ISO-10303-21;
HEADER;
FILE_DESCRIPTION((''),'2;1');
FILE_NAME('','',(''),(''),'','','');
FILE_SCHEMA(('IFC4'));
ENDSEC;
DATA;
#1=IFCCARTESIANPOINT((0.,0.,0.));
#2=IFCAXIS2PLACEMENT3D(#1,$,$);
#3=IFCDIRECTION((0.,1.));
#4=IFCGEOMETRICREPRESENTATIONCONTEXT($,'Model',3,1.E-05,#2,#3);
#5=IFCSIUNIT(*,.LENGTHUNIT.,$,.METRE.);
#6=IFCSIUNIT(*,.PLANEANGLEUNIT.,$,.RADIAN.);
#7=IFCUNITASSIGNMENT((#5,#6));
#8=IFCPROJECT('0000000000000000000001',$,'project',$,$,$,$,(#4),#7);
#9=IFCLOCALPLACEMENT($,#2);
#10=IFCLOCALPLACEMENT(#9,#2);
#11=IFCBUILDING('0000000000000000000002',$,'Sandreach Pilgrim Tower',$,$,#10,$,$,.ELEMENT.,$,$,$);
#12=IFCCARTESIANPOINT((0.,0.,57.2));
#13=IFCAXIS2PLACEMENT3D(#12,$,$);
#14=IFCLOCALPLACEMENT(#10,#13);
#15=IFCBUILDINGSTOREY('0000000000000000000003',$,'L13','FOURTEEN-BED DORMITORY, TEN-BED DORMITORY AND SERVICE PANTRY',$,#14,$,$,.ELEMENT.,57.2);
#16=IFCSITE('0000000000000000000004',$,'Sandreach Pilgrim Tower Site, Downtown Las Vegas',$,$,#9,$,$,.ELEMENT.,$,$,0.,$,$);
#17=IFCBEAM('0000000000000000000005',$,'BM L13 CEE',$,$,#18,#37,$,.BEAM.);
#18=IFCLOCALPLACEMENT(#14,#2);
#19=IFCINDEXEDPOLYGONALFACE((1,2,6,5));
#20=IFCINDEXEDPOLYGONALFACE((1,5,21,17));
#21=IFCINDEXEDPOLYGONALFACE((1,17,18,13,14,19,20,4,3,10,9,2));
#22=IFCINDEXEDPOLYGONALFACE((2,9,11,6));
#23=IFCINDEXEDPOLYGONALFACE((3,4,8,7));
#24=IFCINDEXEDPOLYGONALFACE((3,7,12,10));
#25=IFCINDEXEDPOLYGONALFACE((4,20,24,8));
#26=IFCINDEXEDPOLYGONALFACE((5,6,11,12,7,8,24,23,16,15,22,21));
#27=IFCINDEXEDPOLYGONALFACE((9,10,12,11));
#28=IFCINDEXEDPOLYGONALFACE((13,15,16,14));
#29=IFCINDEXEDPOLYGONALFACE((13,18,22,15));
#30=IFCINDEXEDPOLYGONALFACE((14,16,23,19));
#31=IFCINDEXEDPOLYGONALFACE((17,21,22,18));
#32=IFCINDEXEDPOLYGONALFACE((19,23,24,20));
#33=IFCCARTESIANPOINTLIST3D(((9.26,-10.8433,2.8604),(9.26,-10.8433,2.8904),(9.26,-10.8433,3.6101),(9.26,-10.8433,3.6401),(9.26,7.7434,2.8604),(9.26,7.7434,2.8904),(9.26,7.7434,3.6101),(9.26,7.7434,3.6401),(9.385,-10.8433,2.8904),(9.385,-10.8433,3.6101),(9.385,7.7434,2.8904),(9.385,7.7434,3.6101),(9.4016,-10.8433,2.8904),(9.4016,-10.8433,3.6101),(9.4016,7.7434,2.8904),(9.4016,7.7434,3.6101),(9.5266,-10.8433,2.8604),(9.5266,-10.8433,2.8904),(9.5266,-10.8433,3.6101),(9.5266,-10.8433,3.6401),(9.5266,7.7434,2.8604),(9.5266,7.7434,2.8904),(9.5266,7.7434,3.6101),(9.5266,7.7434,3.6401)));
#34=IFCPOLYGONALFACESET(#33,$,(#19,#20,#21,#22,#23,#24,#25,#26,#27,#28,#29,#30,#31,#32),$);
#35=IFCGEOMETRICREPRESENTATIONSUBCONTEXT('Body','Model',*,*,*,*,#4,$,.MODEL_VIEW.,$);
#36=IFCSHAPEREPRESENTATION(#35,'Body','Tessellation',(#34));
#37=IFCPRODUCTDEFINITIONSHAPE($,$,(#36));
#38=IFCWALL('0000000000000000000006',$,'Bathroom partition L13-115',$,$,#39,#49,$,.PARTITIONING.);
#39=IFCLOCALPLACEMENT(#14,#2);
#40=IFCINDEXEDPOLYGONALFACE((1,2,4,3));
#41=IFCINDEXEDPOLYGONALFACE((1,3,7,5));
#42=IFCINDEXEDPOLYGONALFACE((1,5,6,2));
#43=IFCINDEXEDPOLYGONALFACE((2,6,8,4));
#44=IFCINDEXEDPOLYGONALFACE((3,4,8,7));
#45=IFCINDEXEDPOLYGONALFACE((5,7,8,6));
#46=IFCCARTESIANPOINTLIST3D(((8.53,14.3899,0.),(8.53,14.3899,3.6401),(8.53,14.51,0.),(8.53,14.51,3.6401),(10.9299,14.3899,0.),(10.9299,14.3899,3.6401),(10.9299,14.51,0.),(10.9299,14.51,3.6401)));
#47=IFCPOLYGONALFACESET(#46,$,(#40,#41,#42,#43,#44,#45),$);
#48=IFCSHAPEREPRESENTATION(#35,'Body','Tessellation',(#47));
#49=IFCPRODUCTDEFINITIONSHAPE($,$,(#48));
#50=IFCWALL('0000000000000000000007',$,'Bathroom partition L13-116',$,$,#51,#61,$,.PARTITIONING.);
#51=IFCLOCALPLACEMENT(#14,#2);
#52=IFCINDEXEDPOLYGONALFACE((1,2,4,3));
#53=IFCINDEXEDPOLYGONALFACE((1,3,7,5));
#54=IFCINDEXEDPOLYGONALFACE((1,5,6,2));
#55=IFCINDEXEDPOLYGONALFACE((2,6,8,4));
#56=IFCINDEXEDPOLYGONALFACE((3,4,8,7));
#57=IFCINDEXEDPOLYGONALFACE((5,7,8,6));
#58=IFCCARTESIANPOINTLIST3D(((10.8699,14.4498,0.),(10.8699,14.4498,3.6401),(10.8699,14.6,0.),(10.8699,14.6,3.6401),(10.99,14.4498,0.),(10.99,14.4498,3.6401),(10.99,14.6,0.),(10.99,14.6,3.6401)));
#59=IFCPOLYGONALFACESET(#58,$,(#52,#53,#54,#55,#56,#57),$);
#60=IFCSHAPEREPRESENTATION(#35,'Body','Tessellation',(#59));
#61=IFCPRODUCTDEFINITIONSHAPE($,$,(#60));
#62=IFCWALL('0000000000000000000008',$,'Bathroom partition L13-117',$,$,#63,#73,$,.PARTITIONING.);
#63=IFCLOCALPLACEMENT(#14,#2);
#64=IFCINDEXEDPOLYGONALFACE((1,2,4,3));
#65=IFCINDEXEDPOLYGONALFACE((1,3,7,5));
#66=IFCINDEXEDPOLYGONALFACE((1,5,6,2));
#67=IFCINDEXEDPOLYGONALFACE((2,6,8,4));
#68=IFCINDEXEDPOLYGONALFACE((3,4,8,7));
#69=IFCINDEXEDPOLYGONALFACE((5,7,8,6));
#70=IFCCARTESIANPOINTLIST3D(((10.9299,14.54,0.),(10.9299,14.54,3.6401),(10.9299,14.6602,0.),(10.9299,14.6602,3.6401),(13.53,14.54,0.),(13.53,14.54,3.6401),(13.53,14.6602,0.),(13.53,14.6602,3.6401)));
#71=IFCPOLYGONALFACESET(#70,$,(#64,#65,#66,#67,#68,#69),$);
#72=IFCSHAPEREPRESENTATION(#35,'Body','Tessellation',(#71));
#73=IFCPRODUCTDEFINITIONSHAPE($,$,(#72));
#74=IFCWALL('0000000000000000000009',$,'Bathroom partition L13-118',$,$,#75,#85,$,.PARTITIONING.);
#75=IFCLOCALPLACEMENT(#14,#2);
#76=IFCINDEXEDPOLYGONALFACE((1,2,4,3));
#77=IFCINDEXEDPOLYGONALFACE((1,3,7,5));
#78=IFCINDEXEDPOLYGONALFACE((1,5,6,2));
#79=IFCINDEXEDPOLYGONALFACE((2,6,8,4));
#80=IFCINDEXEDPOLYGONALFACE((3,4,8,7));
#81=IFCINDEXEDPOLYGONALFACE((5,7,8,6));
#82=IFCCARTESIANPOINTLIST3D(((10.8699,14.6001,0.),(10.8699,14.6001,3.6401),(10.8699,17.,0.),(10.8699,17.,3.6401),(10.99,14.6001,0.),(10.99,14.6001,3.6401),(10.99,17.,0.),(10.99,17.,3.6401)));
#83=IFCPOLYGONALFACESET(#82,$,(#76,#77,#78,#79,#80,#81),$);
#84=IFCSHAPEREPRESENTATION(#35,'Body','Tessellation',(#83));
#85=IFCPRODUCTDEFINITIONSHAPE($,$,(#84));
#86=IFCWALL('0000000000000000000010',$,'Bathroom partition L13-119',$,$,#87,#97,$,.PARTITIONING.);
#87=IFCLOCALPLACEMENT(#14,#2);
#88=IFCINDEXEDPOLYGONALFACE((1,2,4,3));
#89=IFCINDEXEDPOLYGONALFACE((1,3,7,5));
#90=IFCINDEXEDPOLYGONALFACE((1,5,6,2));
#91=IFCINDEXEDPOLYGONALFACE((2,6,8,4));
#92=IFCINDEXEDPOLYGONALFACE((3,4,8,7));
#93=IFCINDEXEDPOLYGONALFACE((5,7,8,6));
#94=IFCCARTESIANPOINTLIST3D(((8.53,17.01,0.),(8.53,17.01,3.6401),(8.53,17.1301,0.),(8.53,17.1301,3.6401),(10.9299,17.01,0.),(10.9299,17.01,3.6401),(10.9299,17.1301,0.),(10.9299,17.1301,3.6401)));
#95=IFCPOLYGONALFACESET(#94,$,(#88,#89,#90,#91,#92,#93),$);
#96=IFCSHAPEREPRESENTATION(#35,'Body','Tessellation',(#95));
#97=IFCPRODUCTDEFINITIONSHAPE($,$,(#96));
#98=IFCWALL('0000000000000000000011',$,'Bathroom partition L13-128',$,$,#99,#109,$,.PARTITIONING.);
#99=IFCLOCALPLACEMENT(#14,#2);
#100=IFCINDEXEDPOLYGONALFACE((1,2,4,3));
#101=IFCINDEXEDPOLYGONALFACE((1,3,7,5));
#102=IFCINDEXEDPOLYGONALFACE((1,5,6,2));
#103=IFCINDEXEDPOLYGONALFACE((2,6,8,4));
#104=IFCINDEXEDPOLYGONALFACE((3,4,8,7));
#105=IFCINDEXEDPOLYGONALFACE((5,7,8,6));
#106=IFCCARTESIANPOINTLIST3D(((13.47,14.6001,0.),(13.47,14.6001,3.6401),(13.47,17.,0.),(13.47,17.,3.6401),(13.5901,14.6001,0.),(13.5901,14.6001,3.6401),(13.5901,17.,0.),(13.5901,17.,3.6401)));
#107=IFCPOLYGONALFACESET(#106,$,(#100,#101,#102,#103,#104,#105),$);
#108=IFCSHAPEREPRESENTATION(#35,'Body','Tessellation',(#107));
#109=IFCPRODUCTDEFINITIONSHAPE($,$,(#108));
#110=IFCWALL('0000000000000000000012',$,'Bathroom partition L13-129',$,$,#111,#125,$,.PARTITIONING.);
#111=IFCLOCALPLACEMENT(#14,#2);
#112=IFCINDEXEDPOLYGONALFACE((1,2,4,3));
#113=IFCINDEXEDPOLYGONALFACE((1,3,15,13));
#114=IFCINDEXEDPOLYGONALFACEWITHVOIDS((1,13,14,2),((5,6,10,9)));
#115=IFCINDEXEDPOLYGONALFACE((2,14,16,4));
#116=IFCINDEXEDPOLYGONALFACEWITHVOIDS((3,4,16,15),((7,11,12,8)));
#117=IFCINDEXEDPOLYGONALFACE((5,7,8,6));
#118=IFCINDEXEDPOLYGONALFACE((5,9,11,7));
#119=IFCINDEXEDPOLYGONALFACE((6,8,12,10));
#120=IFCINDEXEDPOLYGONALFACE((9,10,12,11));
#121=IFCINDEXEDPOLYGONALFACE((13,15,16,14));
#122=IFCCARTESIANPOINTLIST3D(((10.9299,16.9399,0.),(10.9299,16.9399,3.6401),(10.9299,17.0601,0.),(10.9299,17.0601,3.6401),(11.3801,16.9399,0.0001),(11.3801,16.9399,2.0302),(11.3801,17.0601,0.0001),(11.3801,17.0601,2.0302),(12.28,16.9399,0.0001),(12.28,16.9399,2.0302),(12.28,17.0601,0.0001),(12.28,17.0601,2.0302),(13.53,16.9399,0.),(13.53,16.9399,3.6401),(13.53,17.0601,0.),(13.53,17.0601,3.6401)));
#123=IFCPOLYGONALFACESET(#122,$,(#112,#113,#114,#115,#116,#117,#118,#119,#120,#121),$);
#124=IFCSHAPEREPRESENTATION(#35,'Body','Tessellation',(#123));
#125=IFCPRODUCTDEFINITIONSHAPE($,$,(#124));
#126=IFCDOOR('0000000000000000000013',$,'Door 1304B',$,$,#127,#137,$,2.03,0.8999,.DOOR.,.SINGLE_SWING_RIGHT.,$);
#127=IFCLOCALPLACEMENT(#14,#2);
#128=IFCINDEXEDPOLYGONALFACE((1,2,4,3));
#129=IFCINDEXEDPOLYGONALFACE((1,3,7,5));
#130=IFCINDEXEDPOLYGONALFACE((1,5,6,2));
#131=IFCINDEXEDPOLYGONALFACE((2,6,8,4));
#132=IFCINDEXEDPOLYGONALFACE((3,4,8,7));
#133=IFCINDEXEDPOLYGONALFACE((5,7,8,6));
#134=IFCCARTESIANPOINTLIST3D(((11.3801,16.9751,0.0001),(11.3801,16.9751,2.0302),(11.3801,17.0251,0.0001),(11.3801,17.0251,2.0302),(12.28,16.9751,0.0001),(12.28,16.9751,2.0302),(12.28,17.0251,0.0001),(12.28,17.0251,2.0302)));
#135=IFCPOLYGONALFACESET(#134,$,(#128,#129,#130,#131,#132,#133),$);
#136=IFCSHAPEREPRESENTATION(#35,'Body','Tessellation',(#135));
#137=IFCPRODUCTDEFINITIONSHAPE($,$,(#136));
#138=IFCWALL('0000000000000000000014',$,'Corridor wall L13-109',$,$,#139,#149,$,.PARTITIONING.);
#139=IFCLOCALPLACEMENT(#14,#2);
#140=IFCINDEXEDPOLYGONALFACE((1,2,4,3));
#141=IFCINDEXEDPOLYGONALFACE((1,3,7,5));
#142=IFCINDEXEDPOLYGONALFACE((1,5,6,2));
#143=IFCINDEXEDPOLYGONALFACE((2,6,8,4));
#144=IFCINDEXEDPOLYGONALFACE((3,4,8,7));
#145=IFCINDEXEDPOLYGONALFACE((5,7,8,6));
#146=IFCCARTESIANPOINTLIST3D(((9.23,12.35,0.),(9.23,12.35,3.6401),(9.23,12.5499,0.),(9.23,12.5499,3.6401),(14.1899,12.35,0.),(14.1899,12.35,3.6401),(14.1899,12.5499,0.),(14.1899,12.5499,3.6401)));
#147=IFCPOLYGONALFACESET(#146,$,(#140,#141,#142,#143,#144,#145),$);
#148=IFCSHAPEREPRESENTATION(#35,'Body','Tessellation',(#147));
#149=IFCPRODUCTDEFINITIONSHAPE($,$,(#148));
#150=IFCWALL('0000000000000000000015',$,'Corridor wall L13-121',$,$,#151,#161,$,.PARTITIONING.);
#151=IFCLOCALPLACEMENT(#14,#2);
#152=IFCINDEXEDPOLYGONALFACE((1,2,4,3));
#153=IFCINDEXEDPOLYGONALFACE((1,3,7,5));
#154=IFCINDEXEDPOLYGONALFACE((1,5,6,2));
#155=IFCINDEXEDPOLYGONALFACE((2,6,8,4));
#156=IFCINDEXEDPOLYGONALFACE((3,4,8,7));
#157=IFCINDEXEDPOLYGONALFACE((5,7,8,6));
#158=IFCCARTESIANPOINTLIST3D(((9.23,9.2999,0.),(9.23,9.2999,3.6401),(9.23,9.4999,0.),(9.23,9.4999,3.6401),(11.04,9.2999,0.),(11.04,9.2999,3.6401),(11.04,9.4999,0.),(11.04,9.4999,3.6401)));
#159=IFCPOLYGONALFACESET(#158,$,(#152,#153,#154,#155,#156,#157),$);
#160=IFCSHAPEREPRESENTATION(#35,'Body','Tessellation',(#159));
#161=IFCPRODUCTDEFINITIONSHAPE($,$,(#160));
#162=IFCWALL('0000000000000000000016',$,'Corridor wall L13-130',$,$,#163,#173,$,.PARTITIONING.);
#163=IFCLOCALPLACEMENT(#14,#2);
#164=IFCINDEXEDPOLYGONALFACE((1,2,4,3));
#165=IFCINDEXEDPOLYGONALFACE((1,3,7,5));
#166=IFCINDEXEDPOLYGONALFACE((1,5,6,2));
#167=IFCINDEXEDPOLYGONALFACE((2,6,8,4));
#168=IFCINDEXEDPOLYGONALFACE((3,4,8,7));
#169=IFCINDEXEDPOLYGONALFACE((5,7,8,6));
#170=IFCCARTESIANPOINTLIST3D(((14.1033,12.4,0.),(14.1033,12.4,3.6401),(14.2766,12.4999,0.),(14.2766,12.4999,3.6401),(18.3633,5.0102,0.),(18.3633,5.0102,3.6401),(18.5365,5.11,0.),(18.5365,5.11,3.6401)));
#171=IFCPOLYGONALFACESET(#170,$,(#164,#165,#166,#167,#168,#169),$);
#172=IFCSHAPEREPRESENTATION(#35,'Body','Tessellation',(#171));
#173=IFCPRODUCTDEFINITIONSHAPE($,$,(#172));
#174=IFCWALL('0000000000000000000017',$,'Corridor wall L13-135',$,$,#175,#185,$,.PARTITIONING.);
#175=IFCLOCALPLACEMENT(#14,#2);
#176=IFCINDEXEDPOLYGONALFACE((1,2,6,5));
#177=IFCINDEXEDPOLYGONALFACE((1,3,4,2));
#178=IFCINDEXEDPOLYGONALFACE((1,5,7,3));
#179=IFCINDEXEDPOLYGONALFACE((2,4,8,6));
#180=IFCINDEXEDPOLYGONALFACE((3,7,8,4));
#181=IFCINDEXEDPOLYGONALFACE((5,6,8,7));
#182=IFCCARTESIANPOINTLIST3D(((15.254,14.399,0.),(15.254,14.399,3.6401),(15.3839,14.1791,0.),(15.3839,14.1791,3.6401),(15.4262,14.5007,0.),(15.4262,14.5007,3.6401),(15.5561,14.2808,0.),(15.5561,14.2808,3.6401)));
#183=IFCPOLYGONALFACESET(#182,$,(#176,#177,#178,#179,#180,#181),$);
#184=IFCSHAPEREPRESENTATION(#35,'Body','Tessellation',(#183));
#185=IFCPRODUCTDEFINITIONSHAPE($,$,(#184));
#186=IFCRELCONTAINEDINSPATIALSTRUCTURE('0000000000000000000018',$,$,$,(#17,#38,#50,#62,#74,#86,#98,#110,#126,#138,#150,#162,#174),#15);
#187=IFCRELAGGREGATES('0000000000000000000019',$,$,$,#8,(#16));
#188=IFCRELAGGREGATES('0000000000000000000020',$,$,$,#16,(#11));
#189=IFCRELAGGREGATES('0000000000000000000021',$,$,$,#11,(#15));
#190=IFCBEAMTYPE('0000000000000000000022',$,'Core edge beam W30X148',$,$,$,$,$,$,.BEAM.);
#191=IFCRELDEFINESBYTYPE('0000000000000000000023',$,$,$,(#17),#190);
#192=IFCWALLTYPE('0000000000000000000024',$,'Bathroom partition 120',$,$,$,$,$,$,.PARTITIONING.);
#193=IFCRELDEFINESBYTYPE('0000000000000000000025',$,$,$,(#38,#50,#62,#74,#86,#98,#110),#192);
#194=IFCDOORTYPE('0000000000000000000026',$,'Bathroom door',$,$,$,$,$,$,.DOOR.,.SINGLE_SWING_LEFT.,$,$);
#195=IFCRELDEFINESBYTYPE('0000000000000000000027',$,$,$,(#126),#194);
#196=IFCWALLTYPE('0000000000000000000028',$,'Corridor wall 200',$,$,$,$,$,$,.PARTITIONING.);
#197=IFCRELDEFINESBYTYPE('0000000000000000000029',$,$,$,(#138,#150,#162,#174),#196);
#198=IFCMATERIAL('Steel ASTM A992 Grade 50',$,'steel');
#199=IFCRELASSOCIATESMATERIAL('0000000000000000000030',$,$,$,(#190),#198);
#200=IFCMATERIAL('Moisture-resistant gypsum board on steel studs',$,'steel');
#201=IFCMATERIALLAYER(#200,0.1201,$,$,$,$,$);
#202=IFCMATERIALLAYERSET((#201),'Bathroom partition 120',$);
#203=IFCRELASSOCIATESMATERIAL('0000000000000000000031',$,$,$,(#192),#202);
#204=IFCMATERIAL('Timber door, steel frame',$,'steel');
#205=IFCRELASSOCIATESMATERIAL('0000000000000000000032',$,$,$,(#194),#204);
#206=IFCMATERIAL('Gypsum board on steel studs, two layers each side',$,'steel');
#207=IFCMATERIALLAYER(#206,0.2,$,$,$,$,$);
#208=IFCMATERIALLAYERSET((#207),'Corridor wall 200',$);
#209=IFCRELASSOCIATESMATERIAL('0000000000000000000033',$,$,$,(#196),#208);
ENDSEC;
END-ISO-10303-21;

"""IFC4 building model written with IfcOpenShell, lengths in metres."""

from ifc_helpers import new_model, si_unit, direction, frame, frame_2d, origin, origin_2d, place, context, subcontext, project, spatial, rectangle, i_section, extrude, material, layer, layer_set, material_profile, profile_set, type_object, element, fill, save


model = new_model("IFC4")

# Units and contexts
model_context = context("Model", 3, precision=1e-05, world=origin(), true_north=direction((0.0, 1.0)))
body_context = subcontext(model_context, "Body", "Model", "MODEL_VIEW")
ifc_project = project(units=[si_unit("LENGTHUNIT", "METRE"), si_unit("PLANEANGLEUNIT", "RADIAN")], contexts=[model_context])

# Site, building, storey
site_placement = place(None, origin())
site = spatial("IfcSite", under=ifc_project, at=site_placement, Name="Sandreach Pilgrim Tower Site, Downtown Las Vegas", CompositionType="ELEMENT", RefElevation=0.0)
building_placement = place(site_placement, origin())
building = spatial("IfcBuilding", under=site, at=building_placement, Name="Sandreach Pilgrim Tower", CompositionType="ELEMENT")
storey_placement = place(building_placement, frame((0.0, 0.0, 57.2)))
storey = spatial("IfcBuildingStorey", under=building, at=storey_placement, Name="L13", Description="FOURTEEN-BED DORMITORY, TEN-BED DORMITORY AND SERVICE PANTRY", CompositionType="ELEMENT", Elevation=57.2)

# Beam
ifc_material_1 = material(Name="Steel ASTM A992 Grade 50", Category="steel")
ifc_material_profile = material_profile(ifc_material_1, i_section(OverallWidth=0.2666, OverallDepth=0.7798, WebThickness=0.0166, FlangeThickness=0.03, at=origin_2d()), Name="W30X148")
ifc_profile_set = profile_set([ifc_material_profile], Name="Steel ASTM A992 Grade 50")
beam_type = type_object("IfcBeamType", Name="Core edge beam W30X148", PredefinedType="BEAM", material=ifc_profile_set)
beam_placement = place(storey_placement, frame((9.3933, 7.7434, 3.2502), z_axis=(0.0, -1.0, 0.0), x_axis=(1.0, 0.0, 0.0)))
element("IfcBeam", 1, at=beam_placement, inside=storey, type_object=beam_type, Name="BM L13 CEE", PredefinedType="BEAM", context=body_context, shape_type="SweptSolid", body=[
    extrude(i_section(OverallWidth=0.2666, OverallDepth=0.7798, WebThickness=0.0166, FlangeThickness=0.03, at=origin_2d()), origin(), (0.0, 0.0, 1.0), 18.5867),
])

# Walls
ifc_material_2 = material(Name="Moisture-resistant gypsum board on steel studs", Category="steel")
ifc_layer_1 = layer(ifc_material_2, 0.1201)
ifc_layer_set_1 = layer_set([ifc_layer_1], Name="Bathroom partition 120")
wall_type_1 = type_object("IfcWallType", Name="Bathroom partition 120", PredefinedType="PARTITIONING", material=ifc_layer_set_1)
wall_1_placement = place(storey_placement, frame((10.9299, 14.45, 0.0), z_axis=(0.0, 0.0, 1.0), x_axis=(-1.0, 0.0, 0.0)))
element("IfcWall", 2, at=wall_1_placement, inside=storey, type_object=wall_type_1, Name="Bathroom partition L13-115", PredefinedType="PARTITIONING", context=body_context, shape_type="SweptSolid", body=[
    extrude(rectangle(XDim=2.3999, YDim=0.1201, at=frame_2d((1.2, 0.0))), origin(), (0.0, 0.0, 1.0), 3.6401),
])
wall_2_placement = place(storey_placement, frame((10.9299, 14.6001, 0.0), z_axis=(0.0, 0.0, 1.0), x_axis=(0.0, -1.0, 0.0)))
element("IfcWall", 3, at=wall_2_placement, inside=storey, type_object=wall_type_1, Name="Bathroom partition L13-116", PredefinedType="PARTITIONING", context=body_context, shape_type="SweptSolid", body=[
    extrude(rectangle(XDim=0.1501, YDim=0.1201, at=frame_2d((0.0752, 0.0))), origin(), (0.0, 0.0, 1.0), 3.6401),
])
wall_3_placement = place(storey_placement, frame((10.9299, 14.6001, 0.0), z_axis=(0.0, 0.0, 1.0), x_axis=(1.0, 0.0, 0.0)))
element("IfcWall", 4, at=wall_3_placement, inside=storey, type_object=wall_type_1, Name="Bathroom partition L13-117", PredefinedType="PARTITIONING", context=body_context, shape_type="SweptSolid", body=[
    extrude(rectangle(XDim=2.6001, YDim=0.1201, at=frame_2d((1.3, 0.0))), origin(), (0.0, 0.0, 1.0), 3.6401),
])
for number, where, z_axis, x_axis, name in (
    (5, (10.9299, 17.0, 0.0), (0.0, 0.0, 1.0), (0.0, -1.0, 0.0), "Bathroom partition L13-118"),
    (6, (10.9299, 17.0701, 0.0), (0.0, 0.0, 1.0), (-1.0, 0.0, 0.0), "Bathroom partition L13-119"),
    (7, (13.53, 14.6001, 0.0), (0.0, 0.0, 1.0), (0.0, 1.0, 0.0), "Bathroom partition L13-128"),
):
    element("IfcWall", number, at=place(storey_placement, frame(where, z_axis=z_axis, x_axis=x_axis)), inside=storey, type_object=wall_type_1, Name=name, PredefinedType="PARTITIONING", context=body_context, shape_type="SweptSolid", body=[
        extrude(rectangle(XDim=2.3999, YDim=0.1201, at=frame_2d((1.2, 0.0))), origin(), (0.0, 0.0, 1.0), 3.6401),
    ])

# Wall, opening, door
wall_4_placement = place(storey_placement, frame((13.53, 17.0, 0.0), z_axis=(0.0, 0.0, 1.0), x_axis=(-1.0, 0.0, 0.0)))
wall_4 = element("IfcWall", 8, at=wall_4_placement, inside=storey, type_object=wall_type_1, Name="Bathroom partition L13-129", PredefinedType="PARTITIONING", context=body_context, shape_type="SweptSolid", body=[
    extrude(rectangle(XDim=2.6001, YDim=0.1201, at=frame_2d((1.3, 0.0))), origin(), (0.0, 0.0, 1.0), 3.6401),
])
opening_1_placement = place(wall_4_placement, frame((1.25, 0.0, 0.0)))
opening_1 = element("IfcOpeningElement", 9, at=opening_1_placement, cuts=wall_4, PredefinedType="OPENING", context=body_context, shape_type="SweptSolid", body=[
    extrude(rectangle(XDim=0.8999, YDim=2.03, at=frame_2d((0.45, 1.0151))), frame((0.0, 0.0601, 0.0), z_axis=(0.0, -1.0, 0.0), x_axis=(1.0, 0.0, 0.0)), (0.0, 0.0, 1.0), 0.1201),
])
ifc_material_3 = material(Name="Timber door, steel frame", Category="steel")
door_type_1 = type_object("IfcDoorType", Name="Bathroom door", OperationType="SINGLE_SWING_LEFT", PredefinedType="DOOR", material=ifc_material_3)
door_1_placement = place(opening_1_placement, origin())
door_1 = element("IfcDoor", 10, at=door_1_placement, inside=storey, type_object=door_type_1, Name="Door 1304B", OperationType="SINGLE_SWING_RIGHT", OverallHeight=2.03, OverallWidth=0.8999, PredefinedType="DOOR", context=body_context, shape_type="SweptSolid", body=[
    extrude(rectangle(XDim=0.8999, YDim=2.03, at=frame_2d((0.45, 1.0151))), frame((0.0, 0.0249, 0.0), z_axis=(0.0, -1.0, 0.0), x_axis=(1.0, 0.0, 0.0)), (0.0, 0.0, 1.0), 0.05),
])
fill(opening_1, door_1)

# Walls
ifc_material_4 = material(Name="Gypsum board on steel studs, two layers each side", Category="steel")
ifc_layer_2 = layer(ifc_material_4, 0.2)
ifc_layer_set_2 = layer_set([ifc_layer_2], Name="Corridor wall 200")
wall_type_2 = type_object("IfcWallType", Name="Corridor wall 200", PredefinedType="PARTITIONING", material=ifc_layer_set_2)
wall_5_placement = place(storey_placement, frame((9.23, 12.45, 0.0), z_axis=(0.0, 0.0, 1.0), x_axis=(1.0, 0.0, 0.0)))
element("IfcWall", 11, at=wall_5_placement, inside=storey, type_object=wall_type_2, Name="Corridor wall L13-109", PredefinedType="PARTITIONING", context=body_context, shape_type="SweptSolid", body=[
    extrude(rectangle(XDim=4.96, YDim=0.2, at=frame_2d((2.48, 0.0))), origin(), (0.0, 0.0, 1.0), 3.6401),
])
wall_6_placement = place(storey_placement, frame((11.04, 9.3999, 0.0), z_axis=(0.0, 0.0, 1.0), x_axis=(-1.0, 0.0, 0.0)))
element("IfcWall", 12, at=wall_6_placement, inside=storey, type_object=wall_type_2, Name="Corridor wall L13-121", PredefinedType="PARTITIONING", context=body_context, shape_type="SweptSolid", body=[
    extrude(rectangle(XDim=1.8101, YDim=0.2, at=frame_2d((0.905, 0.0))), origin(), (0.0, 0.0, 1.0), 3.6401),
])
wall_7_placement = place(storey_placement, frame((14.1899, 12.45, 0.0), z_axis=(0.0, 0.0, 1.0), x_axis=(0.499424, -0.866358, 0.0)))
element("IfcWall", 13, at=wall_7_placement, inside=storey, type_object=wall_type_2, Name="Corridor wall L13-130", PredefinedType="PARTITIONING", context=body_context, shape_type="SweptSolid", body=[
    extrude(rectangle(XDim=8.5298, YDim=0.2, at=frame_2d((4.2649, 0.0))), origin(), (0.0, 0.0, 1.0), 3.6401),
])

# Wall
wall_8_placement = place(storey_placement, frame((15.47, 14.23, 0.0), z_axis=(0.0, 0.0, 1.0), x_axis=(-0.508439, 0.861098, 0.0)))
element("IfcWall", 14, at=wall_8_placement, inside=storey, type_object=wall_type_2, Name="Corridor wall L13-135", PredefinedType="PARTITIONING", context=body_context, shape_type="SweptSolid", body=[
    extrude(rectangle(XDim=0.2554, YDim=0.2, at=frame_2d((0.1277, 0.0))), origin(), (0.0, 0.0, 1.0), 3.6401),
])

save(model, "model.ifc")
